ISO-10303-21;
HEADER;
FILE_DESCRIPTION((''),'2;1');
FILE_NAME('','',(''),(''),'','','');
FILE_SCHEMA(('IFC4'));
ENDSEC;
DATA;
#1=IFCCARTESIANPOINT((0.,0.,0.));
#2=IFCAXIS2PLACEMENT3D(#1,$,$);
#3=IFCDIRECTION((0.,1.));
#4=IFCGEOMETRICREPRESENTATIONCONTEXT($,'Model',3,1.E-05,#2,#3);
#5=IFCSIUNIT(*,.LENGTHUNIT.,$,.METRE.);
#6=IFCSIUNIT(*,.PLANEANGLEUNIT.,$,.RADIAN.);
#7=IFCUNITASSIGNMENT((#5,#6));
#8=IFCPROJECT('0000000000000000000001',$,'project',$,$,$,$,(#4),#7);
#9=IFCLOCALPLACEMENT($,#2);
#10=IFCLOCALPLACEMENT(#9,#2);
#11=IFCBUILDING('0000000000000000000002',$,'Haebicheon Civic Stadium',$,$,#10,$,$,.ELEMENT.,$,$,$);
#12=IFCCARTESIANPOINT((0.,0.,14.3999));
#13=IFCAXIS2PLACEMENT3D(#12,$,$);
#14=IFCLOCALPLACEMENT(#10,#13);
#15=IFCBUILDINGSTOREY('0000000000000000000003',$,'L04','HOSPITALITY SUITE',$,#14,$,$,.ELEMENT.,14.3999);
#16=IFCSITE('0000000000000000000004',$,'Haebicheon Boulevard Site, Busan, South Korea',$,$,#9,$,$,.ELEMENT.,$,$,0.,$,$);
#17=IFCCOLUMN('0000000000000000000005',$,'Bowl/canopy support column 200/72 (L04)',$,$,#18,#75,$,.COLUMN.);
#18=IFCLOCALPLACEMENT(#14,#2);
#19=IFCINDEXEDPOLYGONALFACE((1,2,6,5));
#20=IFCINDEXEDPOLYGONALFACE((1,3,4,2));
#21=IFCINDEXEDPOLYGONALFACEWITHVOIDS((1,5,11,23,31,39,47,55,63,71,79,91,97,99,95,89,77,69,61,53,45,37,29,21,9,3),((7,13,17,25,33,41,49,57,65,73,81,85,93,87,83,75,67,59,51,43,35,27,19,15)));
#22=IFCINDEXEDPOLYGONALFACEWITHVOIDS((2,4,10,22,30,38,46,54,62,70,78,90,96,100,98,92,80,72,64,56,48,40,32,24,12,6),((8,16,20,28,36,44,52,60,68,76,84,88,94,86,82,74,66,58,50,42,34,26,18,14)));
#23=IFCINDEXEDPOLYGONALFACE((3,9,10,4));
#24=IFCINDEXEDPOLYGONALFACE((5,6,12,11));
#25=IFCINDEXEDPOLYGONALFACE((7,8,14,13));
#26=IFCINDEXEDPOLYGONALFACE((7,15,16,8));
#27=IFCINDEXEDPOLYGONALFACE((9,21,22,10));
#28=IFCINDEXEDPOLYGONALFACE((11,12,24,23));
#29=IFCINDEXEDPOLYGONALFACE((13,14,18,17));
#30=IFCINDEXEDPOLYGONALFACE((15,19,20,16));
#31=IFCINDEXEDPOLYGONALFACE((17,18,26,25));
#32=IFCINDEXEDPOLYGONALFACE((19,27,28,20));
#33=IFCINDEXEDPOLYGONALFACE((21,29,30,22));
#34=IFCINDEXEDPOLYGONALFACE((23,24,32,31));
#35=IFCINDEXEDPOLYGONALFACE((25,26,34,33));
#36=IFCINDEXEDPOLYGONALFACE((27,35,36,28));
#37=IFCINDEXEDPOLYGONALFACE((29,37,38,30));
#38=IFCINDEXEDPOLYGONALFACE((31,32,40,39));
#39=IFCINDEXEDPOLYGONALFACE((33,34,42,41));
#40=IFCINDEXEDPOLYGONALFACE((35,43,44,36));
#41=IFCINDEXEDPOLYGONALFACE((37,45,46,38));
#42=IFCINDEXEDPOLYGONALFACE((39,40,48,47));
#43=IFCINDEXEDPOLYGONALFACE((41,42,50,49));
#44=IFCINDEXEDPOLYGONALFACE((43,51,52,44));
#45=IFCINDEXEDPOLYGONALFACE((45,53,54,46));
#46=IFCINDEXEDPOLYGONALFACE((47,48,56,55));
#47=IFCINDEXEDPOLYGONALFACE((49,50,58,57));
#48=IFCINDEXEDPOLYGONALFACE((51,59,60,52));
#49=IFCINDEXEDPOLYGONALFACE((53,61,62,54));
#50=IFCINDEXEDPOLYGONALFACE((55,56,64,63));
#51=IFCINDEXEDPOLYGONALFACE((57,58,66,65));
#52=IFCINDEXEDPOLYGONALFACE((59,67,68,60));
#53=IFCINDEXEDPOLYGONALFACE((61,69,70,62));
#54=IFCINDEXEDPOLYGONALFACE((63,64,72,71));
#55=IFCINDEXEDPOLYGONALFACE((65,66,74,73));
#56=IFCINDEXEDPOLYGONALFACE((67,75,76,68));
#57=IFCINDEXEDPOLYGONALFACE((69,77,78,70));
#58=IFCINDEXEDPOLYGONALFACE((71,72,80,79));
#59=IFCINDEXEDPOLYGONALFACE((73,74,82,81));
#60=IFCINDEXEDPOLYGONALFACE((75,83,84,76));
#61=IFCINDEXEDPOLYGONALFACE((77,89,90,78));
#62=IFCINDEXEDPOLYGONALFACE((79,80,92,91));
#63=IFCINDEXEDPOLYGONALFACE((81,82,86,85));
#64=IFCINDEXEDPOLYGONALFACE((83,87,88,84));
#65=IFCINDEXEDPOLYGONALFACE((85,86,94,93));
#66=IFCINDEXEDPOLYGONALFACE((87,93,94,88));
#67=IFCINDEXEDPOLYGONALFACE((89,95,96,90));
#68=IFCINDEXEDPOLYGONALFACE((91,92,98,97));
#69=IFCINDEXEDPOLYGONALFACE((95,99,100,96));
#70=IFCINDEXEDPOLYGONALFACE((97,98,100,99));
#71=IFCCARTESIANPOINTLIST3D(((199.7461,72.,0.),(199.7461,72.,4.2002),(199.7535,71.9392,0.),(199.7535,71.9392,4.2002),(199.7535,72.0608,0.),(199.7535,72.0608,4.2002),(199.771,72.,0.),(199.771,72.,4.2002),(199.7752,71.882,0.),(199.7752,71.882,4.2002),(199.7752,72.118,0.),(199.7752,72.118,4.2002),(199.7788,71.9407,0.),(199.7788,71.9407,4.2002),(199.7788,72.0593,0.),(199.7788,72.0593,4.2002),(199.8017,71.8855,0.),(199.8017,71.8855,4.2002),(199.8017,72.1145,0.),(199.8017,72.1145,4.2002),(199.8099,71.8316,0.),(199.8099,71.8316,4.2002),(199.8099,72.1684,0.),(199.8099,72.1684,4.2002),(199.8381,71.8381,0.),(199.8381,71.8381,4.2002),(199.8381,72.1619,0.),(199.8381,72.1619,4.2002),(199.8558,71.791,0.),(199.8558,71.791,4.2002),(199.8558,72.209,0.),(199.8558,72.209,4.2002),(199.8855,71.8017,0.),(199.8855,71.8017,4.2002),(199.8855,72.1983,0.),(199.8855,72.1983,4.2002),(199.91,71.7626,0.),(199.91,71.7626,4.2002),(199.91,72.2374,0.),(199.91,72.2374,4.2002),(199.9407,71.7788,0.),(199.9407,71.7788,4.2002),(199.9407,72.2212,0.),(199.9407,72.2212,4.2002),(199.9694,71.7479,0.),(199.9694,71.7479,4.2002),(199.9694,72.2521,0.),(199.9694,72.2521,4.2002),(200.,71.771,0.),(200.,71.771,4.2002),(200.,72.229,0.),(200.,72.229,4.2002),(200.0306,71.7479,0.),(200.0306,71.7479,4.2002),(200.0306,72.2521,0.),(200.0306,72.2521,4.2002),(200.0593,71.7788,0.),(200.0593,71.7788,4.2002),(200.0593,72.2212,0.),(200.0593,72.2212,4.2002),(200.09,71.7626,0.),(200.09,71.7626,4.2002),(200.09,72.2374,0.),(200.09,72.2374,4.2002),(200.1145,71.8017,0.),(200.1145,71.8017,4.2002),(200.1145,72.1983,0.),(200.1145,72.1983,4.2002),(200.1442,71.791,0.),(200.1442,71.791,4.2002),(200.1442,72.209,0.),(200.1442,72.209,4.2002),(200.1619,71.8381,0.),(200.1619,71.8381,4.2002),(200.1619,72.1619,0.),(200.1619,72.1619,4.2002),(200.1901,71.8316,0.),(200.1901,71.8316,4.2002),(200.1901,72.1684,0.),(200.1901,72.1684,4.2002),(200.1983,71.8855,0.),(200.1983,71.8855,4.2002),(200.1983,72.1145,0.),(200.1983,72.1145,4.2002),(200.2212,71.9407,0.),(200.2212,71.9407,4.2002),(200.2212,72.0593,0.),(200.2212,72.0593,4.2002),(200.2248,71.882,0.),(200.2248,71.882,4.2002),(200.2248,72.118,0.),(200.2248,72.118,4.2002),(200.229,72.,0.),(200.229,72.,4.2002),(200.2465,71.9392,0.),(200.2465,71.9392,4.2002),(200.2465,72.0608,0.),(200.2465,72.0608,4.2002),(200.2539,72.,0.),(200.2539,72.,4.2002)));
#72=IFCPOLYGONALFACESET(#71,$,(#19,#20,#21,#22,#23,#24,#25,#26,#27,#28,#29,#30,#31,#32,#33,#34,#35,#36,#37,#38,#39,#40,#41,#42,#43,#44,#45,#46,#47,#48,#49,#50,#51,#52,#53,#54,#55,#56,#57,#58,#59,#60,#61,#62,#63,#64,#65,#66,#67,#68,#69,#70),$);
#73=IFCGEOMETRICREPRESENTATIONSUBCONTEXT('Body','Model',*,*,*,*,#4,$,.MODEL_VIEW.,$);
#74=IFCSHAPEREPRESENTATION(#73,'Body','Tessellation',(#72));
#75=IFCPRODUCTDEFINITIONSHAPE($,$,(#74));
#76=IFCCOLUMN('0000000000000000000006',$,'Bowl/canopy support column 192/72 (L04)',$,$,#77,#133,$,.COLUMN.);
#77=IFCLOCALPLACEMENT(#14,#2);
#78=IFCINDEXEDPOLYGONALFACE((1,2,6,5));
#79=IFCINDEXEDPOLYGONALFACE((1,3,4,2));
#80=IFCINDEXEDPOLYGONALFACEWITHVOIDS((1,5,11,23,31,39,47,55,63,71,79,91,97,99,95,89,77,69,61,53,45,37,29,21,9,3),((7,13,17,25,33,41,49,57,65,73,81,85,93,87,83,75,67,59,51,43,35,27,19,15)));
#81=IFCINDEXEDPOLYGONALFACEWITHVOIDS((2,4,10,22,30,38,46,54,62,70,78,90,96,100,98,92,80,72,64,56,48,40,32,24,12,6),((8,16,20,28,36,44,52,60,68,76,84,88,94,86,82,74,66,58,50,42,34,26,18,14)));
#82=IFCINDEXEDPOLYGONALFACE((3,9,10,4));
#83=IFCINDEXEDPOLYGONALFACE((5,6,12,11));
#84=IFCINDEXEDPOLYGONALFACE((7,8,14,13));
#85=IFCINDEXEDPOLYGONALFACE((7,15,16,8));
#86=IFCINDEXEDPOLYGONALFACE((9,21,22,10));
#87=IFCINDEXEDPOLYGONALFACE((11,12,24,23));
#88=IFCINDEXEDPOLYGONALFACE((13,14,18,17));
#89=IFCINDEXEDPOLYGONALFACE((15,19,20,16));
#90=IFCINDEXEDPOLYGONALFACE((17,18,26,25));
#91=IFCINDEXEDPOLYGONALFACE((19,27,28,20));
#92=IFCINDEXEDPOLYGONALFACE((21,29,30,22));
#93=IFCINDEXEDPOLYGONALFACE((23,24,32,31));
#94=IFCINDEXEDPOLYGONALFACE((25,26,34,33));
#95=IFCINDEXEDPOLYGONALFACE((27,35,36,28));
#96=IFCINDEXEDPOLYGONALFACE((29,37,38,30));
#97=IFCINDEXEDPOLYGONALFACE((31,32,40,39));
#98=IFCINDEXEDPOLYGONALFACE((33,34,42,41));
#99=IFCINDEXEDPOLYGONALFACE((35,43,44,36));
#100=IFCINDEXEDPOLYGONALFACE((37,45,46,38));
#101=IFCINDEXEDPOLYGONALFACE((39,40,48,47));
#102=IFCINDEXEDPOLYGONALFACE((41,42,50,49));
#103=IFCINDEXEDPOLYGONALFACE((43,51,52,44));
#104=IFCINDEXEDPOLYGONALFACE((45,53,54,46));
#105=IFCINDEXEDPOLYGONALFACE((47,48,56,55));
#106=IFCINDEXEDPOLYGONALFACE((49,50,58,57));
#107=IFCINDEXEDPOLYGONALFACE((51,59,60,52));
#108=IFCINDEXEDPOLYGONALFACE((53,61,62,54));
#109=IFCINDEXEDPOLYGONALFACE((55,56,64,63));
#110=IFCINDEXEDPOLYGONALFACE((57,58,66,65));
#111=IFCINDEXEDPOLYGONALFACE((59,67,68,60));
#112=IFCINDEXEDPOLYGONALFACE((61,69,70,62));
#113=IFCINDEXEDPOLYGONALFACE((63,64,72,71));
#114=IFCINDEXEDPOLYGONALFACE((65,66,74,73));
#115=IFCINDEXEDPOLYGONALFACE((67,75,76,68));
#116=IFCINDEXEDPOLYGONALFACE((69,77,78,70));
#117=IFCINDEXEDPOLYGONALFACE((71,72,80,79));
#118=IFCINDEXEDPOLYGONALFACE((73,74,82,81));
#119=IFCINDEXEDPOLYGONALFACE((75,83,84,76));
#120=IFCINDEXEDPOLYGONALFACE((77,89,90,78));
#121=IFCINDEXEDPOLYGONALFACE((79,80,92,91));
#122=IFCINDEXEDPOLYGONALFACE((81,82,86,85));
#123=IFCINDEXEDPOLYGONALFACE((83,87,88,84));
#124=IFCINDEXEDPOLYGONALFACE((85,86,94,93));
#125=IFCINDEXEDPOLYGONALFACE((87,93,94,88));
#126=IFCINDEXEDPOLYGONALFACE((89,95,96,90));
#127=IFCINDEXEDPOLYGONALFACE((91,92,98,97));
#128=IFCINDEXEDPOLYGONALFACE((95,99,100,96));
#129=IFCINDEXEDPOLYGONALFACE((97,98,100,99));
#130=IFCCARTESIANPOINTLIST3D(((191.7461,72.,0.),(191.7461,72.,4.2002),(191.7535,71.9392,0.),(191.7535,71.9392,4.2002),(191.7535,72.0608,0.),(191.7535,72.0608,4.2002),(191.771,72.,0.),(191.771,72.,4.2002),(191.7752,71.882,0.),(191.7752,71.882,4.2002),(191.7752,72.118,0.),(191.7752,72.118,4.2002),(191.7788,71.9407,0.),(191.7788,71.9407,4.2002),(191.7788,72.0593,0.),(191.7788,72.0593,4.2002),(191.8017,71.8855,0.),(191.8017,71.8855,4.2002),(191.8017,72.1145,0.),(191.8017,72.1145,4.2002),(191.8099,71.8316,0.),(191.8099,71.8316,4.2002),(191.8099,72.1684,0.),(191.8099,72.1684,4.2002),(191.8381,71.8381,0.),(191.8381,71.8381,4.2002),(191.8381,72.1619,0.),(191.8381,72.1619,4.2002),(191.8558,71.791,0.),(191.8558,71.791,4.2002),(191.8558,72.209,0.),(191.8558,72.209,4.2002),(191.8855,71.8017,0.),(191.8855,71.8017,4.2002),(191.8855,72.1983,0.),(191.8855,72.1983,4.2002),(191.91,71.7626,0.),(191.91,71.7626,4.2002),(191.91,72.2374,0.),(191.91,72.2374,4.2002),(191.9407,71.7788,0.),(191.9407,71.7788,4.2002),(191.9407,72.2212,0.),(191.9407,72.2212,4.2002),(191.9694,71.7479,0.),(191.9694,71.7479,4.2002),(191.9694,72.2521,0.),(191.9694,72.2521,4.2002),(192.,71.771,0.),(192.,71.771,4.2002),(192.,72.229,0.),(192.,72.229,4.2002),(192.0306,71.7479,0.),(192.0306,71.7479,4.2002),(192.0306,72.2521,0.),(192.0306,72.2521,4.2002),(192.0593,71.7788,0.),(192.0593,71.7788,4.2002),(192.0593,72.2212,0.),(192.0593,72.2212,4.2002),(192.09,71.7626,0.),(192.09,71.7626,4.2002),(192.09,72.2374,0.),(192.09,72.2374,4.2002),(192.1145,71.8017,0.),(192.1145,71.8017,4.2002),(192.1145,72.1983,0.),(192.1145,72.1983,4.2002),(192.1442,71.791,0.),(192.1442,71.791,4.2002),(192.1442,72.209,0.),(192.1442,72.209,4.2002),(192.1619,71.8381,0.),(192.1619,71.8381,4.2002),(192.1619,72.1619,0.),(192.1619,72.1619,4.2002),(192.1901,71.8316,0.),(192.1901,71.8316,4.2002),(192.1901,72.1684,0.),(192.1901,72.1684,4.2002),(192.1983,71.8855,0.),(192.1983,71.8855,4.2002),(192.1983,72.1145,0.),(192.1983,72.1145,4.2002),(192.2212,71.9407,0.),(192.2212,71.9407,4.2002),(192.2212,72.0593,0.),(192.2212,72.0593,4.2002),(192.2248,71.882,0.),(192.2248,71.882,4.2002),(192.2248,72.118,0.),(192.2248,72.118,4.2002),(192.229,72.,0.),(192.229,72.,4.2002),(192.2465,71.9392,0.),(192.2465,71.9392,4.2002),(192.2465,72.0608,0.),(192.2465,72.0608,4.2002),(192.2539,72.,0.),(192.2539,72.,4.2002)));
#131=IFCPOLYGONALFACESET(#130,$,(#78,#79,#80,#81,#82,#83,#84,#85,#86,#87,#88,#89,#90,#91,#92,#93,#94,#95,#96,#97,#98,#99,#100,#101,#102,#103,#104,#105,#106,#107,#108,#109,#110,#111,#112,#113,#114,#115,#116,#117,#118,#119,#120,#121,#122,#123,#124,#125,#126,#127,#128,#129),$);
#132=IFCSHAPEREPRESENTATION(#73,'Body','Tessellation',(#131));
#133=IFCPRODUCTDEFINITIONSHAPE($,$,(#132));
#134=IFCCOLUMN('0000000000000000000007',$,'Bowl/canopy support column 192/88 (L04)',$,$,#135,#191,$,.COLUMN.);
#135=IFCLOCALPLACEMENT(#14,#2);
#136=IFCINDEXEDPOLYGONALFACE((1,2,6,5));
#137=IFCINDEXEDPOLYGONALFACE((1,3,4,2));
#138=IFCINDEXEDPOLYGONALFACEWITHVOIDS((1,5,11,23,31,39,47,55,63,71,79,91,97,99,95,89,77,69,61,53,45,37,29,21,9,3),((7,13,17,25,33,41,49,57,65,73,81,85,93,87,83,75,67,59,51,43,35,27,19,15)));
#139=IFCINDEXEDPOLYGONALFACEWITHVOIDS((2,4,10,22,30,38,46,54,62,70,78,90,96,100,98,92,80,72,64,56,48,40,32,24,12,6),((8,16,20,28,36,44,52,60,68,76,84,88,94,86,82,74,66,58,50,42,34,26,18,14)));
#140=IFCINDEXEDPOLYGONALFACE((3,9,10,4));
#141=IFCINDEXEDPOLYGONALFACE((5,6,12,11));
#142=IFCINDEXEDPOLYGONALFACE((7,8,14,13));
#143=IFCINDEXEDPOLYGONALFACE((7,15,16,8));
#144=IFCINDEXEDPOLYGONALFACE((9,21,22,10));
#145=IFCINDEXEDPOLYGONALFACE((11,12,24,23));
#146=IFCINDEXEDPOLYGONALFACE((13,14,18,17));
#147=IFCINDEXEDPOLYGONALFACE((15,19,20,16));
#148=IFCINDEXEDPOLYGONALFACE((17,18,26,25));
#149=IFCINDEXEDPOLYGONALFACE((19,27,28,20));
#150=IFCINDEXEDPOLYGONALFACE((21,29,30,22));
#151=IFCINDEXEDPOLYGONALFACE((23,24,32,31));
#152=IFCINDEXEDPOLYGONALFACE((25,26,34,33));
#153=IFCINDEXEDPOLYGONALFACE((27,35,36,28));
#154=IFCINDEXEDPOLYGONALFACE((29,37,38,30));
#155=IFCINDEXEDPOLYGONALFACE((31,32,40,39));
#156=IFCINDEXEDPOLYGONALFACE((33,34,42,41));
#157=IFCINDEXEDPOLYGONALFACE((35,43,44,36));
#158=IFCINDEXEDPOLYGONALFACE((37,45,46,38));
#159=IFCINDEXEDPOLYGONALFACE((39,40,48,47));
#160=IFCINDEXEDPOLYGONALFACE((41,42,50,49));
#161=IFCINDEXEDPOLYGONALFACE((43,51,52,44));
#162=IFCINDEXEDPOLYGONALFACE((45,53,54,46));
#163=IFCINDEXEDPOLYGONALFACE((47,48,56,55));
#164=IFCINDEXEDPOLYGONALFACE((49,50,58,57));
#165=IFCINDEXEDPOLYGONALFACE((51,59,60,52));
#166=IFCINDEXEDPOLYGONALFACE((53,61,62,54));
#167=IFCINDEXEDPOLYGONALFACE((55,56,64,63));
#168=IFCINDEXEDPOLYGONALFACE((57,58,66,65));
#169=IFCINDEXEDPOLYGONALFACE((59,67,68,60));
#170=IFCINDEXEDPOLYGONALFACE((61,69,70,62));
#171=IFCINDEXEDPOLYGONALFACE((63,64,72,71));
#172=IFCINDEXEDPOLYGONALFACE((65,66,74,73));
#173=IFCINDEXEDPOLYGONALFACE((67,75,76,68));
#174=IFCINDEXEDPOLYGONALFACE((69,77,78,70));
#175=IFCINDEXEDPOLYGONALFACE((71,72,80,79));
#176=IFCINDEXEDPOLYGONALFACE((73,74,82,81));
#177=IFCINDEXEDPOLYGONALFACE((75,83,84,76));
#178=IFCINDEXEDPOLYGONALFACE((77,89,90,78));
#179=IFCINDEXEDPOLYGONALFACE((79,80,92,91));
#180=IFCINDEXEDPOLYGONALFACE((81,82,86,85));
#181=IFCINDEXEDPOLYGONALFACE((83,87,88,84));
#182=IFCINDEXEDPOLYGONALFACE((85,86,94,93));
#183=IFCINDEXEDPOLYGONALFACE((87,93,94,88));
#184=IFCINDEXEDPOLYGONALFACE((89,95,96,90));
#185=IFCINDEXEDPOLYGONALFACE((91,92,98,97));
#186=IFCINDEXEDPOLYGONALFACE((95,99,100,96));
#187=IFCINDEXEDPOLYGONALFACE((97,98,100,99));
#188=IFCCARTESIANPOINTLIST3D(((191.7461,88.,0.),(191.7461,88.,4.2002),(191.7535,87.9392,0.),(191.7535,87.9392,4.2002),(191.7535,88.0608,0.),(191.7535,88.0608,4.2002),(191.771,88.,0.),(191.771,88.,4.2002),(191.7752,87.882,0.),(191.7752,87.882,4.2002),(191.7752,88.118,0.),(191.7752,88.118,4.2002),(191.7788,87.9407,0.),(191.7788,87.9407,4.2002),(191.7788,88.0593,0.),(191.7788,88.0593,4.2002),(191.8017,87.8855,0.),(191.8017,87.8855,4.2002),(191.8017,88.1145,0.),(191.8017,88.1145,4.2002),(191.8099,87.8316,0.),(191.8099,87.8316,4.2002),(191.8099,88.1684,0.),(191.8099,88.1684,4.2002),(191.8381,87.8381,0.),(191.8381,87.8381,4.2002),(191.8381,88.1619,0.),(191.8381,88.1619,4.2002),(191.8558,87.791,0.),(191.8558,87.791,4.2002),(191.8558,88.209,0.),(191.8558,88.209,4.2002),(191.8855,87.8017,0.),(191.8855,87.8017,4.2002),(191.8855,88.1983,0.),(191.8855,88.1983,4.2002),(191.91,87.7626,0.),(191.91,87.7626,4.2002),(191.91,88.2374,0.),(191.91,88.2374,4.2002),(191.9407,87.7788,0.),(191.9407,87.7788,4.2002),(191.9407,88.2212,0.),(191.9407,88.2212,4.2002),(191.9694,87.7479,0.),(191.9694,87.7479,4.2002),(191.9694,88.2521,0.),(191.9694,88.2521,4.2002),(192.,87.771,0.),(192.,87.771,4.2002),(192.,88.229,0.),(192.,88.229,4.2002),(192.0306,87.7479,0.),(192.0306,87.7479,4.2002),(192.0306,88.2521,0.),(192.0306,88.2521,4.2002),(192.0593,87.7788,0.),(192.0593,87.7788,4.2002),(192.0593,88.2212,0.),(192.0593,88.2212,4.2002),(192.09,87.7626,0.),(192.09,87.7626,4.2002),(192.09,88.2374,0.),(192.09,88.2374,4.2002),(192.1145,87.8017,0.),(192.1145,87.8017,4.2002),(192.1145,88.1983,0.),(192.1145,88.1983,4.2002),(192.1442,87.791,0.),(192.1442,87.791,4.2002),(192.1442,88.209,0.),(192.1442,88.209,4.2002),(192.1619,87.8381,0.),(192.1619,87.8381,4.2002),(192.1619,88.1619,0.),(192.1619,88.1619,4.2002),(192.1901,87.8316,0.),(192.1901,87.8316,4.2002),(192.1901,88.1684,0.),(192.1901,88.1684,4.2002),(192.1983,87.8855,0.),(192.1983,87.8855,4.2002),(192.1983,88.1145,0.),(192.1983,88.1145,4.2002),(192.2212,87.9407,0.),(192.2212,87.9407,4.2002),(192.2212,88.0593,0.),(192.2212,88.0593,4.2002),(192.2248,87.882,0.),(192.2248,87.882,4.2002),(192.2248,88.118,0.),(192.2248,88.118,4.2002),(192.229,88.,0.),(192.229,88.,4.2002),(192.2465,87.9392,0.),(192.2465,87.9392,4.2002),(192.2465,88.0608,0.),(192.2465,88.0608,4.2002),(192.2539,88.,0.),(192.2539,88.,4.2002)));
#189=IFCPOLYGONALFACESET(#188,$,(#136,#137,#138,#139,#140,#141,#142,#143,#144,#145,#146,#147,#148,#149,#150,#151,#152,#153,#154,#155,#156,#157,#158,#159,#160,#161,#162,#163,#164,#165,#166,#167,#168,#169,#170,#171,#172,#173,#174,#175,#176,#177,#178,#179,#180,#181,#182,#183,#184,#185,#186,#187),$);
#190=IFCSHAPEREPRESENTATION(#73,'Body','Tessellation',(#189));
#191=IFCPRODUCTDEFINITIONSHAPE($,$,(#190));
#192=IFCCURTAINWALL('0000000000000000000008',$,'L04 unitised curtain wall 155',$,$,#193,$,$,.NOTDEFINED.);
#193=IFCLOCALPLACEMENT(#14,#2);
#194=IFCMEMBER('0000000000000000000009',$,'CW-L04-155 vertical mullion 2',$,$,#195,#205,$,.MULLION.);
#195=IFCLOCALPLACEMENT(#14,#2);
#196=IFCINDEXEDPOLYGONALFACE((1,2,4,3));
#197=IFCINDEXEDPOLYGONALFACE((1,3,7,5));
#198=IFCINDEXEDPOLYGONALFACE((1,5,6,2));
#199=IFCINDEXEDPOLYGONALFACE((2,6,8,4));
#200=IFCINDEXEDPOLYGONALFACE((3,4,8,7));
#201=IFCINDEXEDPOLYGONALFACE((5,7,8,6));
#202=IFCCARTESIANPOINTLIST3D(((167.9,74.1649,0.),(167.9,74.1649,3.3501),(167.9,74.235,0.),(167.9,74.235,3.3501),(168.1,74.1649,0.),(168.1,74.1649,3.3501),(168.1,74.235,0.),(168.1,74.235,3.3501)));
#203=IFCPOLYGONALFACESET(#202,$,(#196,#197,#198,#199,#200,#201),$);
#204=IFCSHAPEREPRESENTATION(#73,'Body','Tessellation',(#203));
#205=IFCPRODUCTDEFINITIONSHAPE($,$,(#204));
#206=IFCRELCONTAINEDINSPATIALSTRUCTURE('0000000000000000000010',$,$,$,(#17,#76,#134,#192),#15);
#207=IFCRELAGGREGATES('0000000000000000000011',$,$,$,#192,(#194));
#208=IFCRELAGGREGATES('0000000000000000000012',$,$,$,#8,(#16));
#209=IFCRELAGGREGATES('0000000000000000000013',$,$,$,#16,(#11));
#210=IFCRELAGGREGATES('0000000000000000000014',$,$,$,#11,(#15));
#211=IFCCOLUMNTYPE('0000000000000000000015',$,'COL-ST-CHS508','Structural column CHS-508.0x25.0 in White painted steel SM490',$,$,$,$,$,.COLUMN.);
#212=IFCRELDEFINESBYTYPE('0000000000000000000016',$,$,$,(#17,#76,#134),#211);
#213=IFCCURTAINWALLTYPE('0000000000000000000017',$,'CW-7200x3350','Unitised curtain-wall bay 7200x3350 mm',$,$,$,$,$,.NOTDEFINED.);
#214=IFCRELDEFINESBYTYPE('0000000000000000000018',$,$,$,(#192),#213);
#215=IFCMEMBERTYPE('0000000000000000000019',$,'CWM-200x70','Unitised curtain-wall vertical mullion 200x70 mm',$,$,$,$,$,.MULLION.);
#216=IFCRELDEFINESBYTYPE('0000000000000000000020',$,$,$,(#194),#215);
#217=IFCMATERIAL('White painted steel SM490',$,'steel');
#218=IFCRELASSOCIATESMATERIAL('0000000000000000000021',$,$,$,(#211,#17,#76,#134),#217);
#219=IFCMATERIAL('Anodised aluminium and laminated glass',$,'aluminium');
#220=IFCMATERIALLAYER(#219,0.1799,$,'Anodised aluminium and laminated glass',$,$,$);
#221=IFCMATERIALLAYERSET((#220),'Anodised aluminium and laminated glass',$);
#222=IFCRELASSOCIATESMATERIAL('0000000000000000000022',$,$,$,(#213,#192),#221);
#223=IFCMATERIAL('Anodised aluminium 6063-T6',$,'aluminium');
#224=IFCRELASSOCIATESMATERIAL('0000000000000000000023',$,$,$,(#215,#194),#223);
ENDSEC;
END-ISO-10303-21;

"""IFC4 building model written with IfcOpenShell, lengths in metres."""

from ifc_helpers import new_model, si_unit, direction, frame, origin, origin_2d, place, context, subcontext, project, spatial, rectangle, hollow_circle, extrude, material, layer, layer_set, material_profile, profile_set, type_object, element, aggregate, save


model = new_model("IFC4")

# Units and contexts
model_context = context("Model", 3, precision=1e-05, world=origin(), true_north=direction((0.0, 1.0)))
body_context = subcontext(model_context, "Body", "Model", "MODEL_VIEW")
ifc_project = project(units=[si_unit("LENGTHUNIT", "METRE"), si_unit("PLANEANGLEUNIT", "RADIAN")], contexts=[model_context])

# Site, building, storey
site_placement = place(None, origin())
site = spatial("IfcSite", under=ifc_project, at=site_placement, Name="Haebicheon Boulevard Site, Busan, South Korea", CompositionType="ELEMENT", RefElevation=0.0)
building_placement = place(site_placement, origin())
building = spatial("IfcBuilding", under=site, at=building_placement, Name="Haebicheon Civic Stadium", CompositionType="ELEMENT")
storey_placement = place(building_placement, frame((0.0, 0.0, 14.3999)))
storey = spatial("IfcBuildingStorey", under=building, at=storey_placement, Name="L04", Description="HOSPITALITY SUITE", CompositionType="ELEMENT", Elevation=14.3999)

# Columns
ifc_material_1 = material(Name="White painted steel SM490", Category="steel")
ifc_material_profile_1 = material_profile(ifc_material_1, hollow_circle(Radius=0.2539, WallThickness=0.0249, at=origin_2d()), Name="CHS-508.0x25.0")
ifc_profile_set_1 = profile_set([ifc_material_profile_1], Name="White painted steel SM490")
column_type_1 = type_object("IfcColumnType", Name="COL-ST-CHS508", Description="Structural column CHS-508.0x25.0 in White painted steel SM490", PredefinedType="COLUMN", material=ifc_profile_set_1)
for number, where, z_axis, x_axis, name in (
    (1, (200.0, 72.0, 0.0), (0.0, 0.0, 1.0), (1.0, 0.0, 0.0), "Bowl/canopy support column 200/72 (L04)"),
    (2, (192.0, 72.0, 0.0), (0.0, 0.0, 1.0), (1.0, 0.0, 0.0), "Bowl/canopy support column 192/72 (L04)"),
    (3, (192.0, 88.0, 0.0), (0.0, 0.0, 1.0), (1.0, 0.0, 0.0), "Bowl/canopy support column 192/88 (L04)"),
):
    element("IfcColumn", number, at=place(storey_placement, frame(where, z_axis=z_axis, x_axis=x_axis)), inside=storey, type_object=column_type_1, material=ifc_profile_set_1, Name=name, PredefinedType="COLUMN", context=body_context, shape_type="SweptSolid", body=[
        extrude(hollow_circle(Radius=0.2539, WallThickness=0.0249, at=origin_2d()), origin(), (0.0, 0.0, 1.0), 4.2002),
    ])

# Curtain wall, member
ifc_material_2 = material(Name="Anodised aluminium and laminated glass", Category="aluminium")
ifc_layer_1 = layer(ifc_material_2, 0.1799, Name="Anodised aluminium and laminated glass")
ifc_layer_set_1 = layer_set([ifc_layer_1], Name="Anodised aluminium and laminated glass")
curtain_wall_type = type_object("IfcCurtainWallType", Name="CW-7200x3350", Description="Unitised curtain-wall bay 7200x3350 mm", PredefinedType="NOTDEFINED", material=ifc_layer_set_1)
curtain_wall_1_placement = place(storey_placement, origin())
curtain_wall_1 = element("IfcCurtainWall", 4, at=curtain_wall_1_placement, inside=storey, type_object=curtain_wall_type, material=ifc_layer_set_1, Name="L04 unitised curtain wall 155", PredefinedType="NOTDEFINED")
ifc_material_3 = material(Name="Anodised aluminium 6063-T6", Category="aluminium")
ifc_material_profile_2 = material_profile(ifc_material_3, rectangle(XDim=0.0701, YDim=0.2, at=origin_2d()), Name="ALU-MULL-70x200")
ifc_profile_set_2 = profile_set([ifc_material_profile_2], Name="Anodised aluminium 6063-T6")
member_type_1 = type_object("IfcMemberType", Name="CWM-200x70", Description="Unitised curtain-wall vertical mullion 200x70 mm", PredefinedType="MULLION", material=ifc_profile_set_2)
member_1_placement = place(storey_placement, frame((168.0, 74.2, 0.0), z_axis=(0.0, 0.0, 1.0), x_axis=(0.0, 1.0, 0.0)))
member_1 = element("IfcMember", 5, at=member_1_placement, type_object=member_type_1, material=ifc_profile_set_2, Name="CW-L04-155 vertical mullion 2", PredefinedType="MULLION", context=body_context, shape_type="SweptSolid", body=[
    extrude(rectangle(XDim=0.0701, YDim=0.2, at=origin_2d()), origin(), (0.0, 0.0, 1.0), 3.3501),
])

aggregate(curtain_wall_1, [member_1])

save(model, "model.ifc")
